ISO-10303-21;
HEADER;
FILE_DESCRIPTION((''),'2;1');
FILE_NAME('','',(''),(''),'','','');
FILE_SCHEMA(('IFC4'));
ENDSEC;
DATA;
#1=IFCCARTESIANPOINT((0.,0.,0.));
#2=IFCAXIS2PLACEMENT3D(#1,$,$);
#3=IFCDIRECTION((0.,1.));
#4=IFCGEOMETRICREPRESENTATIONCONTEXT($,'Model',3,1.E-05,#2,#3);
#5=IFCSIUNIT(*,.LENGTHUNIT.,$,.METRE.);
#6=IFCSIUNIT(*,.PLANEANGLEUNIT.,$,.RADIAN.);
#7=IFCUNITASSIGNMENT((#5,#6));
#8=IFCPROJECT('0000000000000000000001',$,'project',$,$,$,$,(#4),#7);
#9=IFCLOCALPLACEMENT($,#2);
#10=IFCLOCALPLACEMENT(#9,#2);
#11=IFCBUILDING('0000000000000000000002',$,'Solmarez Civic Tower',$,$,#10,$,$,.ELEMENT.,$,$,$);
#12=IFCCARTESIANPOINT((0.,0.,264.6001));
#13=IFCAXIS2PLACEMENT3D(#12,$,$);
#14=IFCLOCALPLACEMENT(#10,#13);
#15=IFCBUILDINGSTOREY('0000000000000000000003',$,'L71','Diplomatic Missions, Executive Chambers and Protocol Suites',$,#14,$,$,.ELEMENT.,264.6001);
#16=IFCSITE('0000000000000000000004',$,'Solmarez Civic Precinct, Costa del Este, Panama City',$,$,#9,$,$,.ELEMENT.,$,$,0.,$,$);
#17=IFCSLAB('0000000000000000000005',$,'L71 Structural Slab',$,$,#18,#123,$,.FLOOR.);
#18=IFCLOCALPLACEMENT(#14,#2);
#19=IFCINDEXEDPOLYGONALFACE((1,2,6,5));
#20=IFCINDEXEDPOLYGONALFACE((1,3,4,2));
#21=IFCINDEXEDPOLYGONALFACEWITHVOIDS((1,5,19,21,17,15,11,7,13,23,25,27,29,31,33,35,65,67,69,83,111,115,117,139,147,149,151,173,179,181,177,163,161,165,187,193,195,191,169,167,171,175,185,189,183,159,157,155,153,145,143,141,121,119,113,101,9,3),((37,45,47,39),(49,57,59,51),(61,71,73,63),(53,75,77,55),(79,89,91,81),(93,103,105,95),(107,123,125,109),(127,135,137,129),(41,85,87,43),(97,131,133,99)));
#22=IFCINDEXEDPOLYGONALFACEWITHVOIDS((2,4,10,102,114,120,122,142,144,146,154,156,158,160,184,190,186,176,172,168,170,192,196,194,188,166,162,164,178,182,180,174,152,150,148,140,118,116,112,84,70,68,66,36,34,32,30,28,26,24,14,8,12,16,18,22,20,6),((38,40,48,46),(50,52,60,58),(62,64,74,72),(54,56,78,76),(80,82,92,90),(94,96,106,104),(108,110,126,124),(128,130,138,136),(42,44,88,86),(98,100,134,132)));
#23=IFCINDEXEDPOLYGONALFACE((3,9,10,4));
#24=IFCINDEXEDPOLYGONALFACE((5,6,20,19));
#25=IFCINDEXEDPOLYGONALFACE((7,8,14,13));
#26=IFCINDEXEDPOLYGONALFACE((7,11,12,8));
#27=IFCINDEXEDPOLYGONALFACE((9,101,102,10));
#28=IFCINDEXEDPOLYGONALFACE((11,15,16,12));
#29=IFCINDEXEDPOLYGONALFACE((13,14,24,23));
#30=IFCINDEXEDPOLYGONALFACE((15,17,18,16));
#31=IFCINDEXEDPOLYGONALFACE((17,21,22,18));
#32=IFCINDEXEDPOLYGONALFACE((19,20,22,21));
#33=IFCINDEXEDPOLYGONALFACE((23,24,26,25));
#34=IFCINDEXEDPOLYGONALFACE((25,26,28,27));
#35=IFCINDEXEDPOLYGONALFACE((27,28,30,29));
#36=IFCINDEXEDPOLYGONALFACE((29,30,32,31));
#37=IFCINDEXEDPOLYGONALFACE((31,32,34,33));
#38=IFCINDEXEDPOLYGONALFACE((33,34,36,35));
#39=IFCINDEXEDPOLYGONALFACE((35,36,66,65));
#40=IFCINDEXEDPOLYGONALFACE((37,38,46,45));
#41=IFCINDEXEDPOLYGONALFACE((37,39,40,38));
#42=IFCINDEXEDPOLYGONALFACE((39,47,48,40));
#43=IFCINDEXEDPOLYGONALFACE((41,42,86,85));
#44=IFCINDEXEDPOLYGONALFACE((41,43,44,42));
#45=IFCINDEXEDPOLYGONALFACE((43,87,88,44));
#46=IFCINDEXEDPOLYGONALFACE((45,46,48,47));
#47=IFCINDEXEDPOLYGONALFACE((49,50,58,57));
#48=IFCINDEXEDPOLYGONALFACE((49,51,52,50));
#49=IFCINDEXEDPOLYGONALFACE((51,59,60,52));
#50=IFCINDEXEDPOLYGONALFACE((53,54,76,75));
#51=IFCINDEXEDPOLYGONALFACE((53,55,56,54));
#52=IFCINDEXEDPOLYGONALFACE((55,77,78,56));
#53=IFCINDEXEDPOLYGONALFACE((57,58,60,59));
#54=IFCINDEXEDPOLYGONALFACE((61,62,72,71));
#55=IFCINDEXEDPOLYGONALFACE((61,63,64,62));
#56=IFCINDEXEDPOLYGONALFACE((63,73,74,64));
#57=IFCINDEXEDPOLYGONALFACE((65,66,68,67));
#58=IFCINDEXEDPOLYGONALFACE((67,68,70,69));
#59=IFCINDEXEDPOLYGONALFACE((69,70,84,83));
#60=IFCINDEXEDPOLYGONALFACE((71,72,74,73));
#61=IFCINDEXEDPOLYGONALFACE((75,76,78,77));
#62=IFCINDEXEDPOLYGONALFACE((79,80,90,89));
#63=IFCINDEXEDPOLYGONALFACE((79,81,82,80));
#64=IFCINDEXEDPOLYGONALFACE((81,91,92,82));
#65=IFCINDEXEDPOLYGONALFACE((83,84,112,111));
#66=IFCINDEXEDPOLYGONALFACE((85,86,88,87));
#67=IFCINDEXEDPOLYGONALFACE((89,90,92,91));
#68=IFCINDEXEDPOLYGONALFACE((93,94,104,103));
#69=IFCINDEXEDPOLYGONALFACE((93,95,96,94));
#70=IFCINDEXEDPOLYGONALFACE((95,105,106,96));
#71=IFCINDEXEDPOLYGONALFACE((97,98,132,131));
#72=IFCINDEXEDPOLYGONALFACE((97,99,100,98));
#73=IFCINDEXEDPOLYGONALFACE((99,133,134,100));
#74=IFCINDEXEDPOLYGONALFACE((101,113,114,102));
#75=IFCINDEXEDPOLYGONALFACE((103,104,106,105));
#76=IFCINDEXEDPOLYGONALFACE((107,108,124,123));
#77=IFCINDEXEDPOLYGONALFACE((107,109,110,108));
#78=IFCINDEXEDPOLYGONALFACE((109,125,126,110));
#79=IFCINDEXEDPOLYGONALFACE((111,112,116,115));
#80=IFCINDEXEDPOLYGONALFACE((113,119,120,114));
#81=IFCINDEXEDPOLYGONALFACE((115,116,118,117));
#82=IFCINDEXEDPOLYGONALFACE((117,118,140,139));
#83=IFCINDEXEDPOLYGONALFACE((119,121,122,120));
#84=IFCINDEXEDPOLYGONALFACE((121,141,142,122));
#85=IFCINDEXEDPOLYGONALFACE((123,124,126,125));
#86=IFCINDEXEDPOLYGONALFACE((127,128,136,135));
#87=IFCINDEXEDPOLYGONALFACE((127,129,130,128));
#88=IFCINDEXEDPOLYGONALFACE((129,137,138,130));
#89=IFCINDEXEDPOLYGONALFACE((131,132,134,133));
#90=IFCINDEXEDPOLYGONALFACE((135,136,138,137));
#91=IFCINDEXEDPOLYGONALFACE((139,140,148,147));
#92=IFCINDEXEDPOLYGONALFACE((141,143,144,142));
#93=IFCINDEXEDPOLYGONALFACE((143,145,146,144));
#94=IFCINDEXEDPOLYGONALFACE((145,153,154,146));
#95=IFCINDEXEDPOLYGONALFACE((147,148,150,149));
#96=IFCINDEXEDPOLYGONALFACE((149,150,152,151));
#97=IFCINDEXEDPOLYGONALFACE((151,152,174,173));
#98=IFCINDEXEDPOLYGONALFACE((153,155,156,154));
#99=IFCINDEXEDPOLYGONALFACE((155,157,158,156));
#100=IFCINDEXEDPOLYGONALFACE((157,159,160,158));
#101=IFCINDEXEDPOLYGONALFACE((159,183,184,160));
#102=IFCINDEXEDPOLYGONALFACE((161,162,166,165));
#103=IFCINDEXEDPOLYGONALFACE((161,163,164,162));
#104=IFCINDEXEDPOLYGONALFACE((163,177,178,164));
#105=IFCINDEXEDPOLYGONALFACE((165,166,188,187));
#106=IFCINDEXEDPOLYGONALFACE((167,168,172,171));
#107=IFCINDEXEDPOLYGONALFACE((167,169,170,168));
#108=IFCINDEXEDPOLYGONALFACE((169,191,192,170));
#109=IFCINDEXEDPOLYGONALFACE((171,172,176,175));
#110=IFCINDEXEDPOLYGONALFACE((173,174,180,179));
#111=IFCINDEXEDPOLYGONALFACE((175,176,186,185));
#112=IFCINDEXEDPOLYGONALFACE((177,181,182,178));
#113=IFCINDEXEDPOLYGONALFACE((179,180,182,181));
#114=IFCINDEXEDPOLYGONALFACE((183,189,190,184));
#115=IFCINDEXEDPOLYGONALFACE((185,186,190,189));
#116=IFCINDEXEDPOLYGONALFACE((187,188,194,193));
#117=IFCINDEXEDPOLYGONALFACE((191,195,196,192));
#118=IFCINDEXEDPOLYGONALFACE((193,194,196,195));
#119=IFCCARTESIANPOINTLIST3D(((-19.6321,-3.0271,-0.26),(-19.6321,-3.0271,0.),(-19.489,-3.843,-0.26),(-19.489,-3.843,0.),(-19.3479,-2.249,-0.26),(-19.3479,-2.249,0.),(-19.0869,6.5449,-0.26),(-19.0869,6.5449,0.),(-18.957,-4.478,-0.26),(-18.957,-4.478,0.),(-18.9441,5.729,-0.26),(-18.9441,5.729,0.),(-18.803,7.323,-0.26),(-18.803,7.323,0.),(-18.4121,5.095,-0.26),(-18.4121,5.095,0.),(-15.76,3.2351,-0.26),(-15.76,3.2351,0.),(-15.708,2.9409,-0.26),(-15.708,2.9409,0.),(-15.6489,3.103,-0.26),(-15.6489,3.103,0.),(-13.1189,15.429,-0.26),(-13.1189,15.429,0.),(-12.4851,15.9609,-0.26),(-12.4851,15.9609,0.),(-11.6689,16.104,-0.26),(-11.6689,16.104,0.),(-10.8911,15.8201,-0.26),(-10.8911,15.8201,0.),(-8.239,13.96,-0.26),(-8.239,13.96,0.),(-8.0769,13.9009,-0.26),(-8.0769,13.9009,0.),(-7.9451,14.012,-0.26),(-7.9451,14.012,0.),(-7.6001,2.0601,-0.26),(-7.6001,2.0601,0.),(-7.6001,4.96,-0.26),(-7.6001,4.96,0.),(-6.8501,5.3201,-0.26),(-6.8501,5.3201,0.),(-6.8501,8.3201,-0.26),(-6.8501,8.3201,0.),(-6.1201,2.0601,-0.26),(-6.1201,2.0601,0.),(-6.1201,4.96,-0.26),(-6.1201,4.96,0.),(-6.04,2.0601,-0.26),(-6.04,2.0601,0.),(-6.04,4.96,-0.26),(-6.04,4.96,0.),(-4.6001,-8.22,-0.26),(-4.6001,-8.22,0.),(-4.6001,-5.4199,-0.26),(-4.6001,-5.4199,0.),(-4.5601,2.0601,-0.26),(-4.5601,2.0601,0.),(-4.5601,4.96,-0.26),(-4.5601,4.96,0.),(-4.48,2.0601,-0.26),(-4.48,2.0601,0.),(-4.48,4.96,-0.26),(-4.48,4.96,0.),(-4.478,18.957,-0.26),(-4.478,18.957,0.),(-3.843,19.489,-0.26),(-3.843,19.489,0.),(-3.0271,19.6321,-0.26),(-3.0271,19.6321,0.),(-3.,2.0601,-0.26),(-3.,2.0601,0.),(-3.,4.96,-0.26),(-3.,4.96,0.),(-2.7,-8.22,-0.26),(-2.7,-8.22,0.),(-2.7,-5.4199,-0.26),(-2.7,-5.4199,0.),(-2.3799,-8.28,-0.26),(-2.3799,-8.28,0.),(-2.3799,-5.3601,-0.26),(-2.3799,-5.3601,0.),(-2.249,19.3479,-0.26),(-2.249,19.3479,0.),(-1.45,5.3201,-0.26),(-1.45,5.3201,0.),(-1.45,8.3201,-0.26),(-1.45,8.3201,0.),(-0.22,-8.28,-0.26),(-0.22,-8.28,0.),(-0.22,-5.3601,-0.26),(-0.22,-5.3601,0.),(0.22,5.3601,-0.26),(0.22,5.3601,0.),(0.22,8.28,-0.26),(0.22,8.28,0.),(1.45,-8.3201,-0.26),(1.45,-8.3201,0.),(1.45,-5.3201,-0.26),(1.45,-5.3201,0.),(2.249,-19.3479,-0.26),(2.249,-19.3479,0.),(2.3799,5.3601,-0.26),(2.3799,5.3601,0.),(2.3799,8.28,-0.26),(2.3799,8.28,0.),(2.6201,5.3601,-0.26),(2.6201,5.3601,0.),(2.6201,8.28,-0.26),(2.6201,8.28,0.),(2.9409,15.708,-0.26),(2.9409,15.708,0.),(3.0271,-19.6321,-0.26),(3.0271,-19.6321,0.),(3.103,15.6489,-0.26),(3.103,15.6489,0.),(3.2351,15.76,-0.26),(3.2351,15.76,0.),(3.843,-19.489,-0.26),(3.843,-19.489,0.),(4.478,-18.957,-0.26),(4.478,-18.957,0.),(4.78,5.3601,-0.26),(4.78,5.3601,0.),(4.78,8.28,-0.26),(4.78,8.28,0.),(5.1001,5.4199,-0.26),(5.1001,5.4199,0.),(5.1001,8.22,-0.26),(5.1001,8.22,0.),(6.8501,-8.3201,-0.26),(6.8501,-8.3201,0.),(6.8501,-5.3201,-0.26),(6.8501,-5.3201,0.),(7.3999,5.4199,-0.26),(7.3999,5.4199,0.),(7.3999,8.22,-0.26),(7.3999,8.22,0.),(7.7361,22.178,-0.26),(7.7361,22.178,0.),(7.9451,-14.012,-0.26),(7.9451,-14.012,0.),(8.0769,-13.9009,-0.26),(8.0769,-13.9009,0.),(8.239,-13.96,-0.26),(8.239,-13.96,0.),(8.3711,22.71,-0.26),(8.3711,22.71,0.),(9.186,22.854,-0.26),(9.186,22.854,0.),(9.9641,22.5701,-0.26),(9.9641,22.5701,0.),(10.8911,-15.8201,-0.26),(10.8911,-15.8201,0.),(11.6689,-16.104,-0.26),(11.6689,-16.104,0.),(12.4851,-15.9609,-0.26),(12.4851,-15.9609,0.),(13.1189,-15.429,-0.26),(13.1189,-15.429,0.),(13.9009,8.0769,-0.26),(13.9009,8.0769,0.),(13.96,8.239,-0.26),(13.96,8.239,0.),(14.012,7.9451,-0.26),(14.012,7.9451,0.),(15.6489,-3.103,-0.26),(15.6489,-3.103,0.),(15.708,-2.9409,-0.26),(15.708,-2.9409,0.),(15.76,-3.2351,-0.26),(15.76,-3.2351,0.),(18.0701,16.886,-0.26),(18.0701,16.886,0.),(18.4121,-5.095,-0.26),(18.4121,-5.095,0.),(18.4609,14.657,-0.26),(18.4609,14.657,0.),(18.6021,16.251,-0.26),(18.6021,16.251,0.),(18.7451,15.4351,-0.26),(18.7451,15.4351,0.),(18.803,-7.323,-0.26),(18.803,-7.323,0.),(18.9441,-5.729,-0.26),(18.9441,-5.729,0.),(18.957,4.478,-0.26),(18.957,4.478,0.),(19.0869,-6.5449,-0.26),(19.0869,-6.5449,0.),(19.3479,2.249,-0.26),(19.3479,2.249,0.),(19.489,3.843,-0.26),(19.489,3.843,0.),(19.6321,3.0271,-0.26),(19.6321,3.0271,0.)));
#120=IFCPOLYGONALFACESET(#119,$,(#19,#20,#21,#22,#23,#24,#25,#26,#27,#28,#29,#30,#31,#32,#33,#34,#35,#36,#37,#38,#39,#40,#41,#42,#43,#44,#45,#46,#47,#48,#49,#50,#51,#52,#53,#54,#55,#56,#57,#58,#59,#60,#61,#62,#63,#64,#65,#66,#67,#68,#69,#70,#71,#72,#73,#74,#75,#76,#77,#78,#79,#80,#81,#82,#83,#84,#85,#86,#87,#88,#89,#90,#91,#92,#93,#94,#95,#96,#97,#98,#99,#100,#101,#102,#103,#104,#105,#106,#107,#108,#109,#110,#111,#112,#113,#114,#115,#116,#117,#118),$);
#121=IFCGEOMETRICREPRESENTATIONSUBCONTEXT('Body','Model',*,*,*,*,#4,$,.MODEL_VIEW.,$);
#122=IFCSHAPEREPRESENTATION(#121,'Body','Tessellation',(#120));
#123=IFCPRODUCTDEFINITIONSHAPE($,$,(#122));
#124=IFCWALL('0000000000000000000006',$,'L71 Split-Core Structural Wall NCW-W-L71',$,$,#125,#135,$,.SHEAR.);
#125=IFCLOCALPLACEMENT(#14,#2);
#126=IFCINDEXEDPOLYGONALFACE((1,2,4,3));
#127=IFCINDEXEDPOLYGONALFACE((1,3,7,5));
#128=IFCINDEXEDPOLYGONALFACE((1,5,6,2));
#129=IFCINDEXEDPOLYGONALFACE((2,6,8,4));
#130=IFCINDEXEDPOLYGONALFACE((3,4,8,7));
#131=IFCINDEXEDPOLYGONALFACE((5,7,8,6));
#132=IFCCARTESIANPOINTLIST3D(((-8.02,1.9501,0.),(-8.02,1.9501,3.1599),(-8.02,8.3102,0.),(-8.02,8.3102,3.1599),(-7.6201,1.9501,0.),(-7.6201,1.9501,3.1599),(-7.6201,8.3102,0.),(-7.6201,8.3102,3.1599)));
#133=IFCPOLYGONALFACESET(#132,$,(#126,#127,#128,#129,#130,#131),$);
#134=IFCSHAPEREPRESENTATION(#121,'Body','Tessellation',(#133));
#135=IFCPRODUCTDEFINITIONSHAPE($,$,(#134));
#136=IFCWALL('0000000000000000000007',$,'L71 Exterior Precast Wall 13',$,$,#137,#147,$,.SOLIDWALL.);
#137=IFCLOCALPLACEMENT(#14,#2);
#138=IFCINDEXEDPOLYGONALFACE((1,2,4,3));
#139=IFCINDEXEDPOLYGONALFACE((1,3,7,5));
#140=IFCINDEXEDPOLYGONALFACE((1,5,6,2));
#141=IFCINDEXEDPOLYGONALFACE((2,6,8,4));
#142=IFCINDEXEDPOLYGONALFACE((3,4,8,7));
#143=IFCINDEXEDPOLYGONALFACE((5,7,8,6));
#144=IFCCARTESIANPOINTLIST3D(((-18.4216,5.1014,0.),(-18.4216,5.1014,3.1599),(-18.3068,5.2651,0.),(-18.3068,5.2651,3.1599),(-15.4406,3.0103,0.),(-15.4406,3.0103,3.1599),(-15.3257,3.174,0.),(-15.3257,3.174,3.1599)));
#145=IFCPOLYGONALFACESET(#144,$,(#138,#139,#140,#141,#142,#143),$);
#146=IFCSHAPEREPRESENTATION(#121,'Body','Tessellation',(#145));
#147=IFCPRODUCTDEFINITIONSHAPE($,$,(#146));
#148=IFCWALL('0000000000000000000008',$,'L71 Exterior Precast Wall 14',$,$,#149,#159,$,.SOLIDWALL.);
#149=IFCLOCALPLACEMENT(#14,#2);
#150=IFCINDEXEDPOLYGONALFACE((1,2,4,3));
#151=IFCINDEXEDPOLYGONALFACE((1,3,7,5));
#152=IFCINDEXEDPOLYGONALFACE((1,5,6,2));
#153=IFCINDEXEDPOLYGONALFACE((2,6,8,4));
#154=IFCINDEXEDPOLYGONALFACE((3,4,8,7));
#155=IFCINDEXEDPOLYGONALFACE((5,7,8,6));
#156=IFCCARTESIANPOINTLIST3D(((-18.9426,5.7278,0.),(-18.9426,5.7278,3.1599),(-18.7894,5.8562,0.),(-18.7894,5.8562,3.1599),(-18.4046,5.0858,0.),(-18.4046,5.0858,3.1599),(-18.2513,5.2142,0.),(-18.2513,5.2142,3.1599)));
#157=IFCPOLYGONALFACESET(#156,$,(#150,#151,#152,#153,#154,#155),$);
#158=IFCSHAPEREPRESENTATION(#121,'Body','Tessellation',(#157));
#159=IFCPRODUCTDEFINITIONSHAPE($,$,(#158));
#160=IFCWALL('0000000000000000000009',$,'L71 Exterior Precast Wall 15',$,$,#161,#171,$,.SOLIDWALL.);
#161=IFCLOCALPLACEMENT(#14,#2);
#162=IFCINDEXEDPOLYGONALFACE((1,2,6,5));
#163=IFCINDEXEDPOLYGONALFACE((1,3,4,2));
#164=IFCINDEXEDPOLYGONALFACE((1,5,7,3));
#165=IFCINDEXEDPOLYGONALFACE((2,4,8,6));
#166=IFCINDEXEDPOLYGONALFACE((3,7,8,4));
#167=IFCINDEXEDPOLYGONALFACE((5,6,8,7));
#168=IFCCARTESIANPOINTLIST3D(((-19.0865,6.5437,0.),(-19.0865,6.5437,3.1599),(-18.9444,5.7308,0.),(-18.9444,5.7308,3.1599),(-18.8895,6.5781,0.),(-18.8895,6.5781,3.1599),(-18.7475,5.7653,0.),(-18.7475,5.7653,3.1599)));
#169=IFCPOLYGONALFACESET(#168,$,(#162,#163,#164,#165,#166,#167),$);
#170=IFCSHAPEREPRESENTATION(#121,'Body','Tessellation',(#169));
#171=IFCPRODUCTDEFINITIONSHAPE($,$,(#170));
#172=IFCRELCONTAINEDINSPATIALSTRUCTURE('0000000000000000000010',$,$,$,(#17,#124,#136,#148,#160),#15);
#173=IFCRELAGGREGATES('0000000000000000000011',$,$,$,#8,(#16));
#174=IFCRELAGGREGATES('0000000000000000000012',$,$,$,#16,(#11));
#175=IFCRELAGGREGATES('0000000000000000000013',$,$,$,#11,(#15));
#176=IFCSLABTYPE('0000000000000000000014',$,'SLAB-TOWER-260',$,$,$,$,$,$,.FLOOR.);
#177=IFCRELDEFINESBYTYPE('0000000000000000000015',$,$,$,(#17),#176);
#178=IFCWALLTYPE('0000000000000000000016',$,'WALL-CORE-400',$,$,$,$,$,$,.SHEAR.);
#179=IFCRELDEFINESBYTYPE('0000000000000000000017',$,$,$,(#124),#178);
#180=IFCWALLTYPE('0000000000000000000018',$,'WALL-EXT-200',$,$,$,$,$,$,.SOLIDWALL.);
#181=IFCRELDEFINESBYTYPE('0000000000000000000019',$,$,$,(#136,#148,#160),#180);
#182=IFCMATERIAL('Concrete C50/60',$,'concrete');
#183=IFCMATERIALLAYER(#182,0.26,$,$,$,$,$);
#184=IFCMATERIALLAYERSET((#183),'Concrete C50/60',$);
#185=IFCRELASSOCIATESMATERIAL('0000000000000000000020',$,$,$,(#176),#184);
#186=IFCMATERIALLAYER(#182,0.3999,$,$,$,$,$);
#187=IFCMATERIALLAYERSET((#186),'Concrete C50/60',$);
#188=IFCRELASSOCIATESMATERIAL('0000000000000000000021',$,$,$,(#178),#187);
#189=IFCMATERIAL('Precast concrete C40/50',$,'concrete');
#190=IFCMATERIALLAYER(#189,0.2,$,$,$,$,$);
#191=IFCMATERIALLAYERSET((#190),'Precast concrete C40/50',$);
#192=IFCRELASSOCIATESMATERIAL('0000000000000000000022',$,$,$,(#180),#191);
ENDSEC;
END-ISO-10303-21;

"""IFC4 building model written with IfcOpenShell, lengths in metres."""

from ifc_helpers import new_model, si_unit, direction, frame, frame_2d, origin, place, context, subcontext, project, spatial, polyline, rectangle, outline, extrude, material, layer, layer_set, type_object, element, save


model = new_model("IFC4")

# Units and contexts
model_context = context("Model", 3, precision=1e-05, world=origin(), true_north=direction((0.0, 1.0)))
body_context = subcontext(model_context, "Body", "Model", "MODEL_VIEW")
ifc_project = project(units=[si_unit("LENGTHUNIT", "METRE"), si_unit("PLANEANGLEUNIT", "RADIAN")], contexts=[model_context])

# Site, building, storey
site_placement = place(None, origin())
site = spatial("IfcSite", under=ifc_project, at=site_placement, Name="Solmarez Civic Precinct, Costa del Este, Panama City", CompositionType="ELEMENT", RefElevation=0.0)
building_placement = place(site_placement, origin())
building = spatial("IfcBuilding", under=site, at=building_placement, Name="Solmarez Civic Tower", CompositionType="ELEMENT")
storey_placement = place(building_placement, frame((0.0, 0.0, 264.6001)))
storey = spatial("IfcBuildingStorey", under=building, at=storey_placement, Name="L71", Description="Diplomatic Missions, Executive Chambers and Protocol Suites", CompositionType="ELEMENT", Elevation=264.6001)

# Shared definitions
ifc_material_1 = material(Name="Concrete C50/60", Category="concrete")

# Slab
ifc_layer_1 = layer(ifc_material_1, 0.26)
ifc_layer_set_1 = layer_set([ifc_layer_1], Name="Concrete C50/60")
slab_type_1 = type_object("IfcSlabType", Name="SLAB-TOWER-260", PredefinedType="FLOOR", material=ifc_layer_set_1)
slab_1_placement = place(storey_placement, frame((0.0, 0.0, -0.26)))
element("IfcSlab", 1, at=slab_1_placement, inside=storey, type_object=slab_type_1, Name="L71 Structural Slab", PredefinedType="FLOOR", context=body_context, shape_type="SweptSolid", body=[
    extrude(outline(polyline([(8.239, -13.96), (10.8911, -15.8201), (11.6689, -16.104), (12.4851, -15.9609), (13.1189, -15.429), (18.803, -7.323), (19.0869, -6.5449), (18.9441, -5.729), (18.4121, -5.095), (15.76, -3.2351), (15.6489, -3.103), (15.708, -2.9409), (19.3479, 2.249), (19.6321, 3.0271), (19.489, 3.843), (18.957, 4.478), (14.012, 7.9451), (13.9009, 8.0769), (13.96, 8.239), (18.4609, 14.657), (18.7451, 15.4351), (18.6021, 16.251), (18.0701, 16.886), (9.9641, 22.5701), (9.186, 22.854), (8.3711, 22.71), (7.7361, 22.178), (3.2351, 15.76), (3.103, 15.6489), (2.9409, 15.708), (-2.249, 19.3479), (-3.0271, 19.6321), (-3.843, 19.489), (-4.478, 18.957), (-7.9451, 14.012), (-8.0769, 13.9009), (-8.239, 13.96), (-10.8911, 15.8201), (-11.6689, 16.104), (-12.4851, 15.9609), (-13.1189, 15.429), (-18.803, 7.323), (-19.0869, 6.5449), (-18.9441, 5.729), (-18.4121, 5.095), (-15.76, 3.2351), (-15.6489, 3.103), (-15.708, 2.9409), (-19.3479, -2.249), (-19.6321, -3.0271), (-19.489, -3.843), (-18.957, -4.478), (2.249, -19.3479), (3.0271, -19.6321), (3.843, -19.489), (4.478, -18.957), (7.9451, -14.012), (8.0769, -13.9009), (8.239, -13.96)]), holes=[polyline([(-1.45, 8.3201), (-6.8501, 8.3201), (-6.8501, 5.3201), (-1.45, 5.3201), (-1.45, 8.3201)]), polyline([(1.45, -8.3201), (6.8501, -8.3201), (6.8501, -5.3201), (1.45, -5.3201), (1.45, -8.3201)]), polyline([(0.22, 5.3601), (2.3799, 5.3601), (2.3799, 8.28), (0.22, 8.28), (0.22, 5.3601)]), polyline([(2.6201, 5.3601), (4.78, 5.3601), (4.78, 8.28), (2.6201, 8.28), (2.6201, 5.3601)]), polyline([(-2.3799, -8.28), (-0.22, -8.28), (-0.22, -5.3601), (-2.3799, -5.3601), (-2.3799, -8.28)]), polyline([(-7.6001, 2.0601), (-6.1201, 2.0601), (-6.1201, 4.96), (-7.6001, 4.96), (-7.6001, 2.0601)]), polyline([(-6.04, 2.0601), (-4.5601, 2.0601), (-4.5601, 4.96), (-6.04, 4.96), (-6.04, 2.0601)]), polyline([(-4.48, 2.0601), (-3.0, 2.0601), (-3.0, 4.96), (-4.48, 4.96), (-4.48, 2.0601)]), polyline([(5.1001, 5.4199), (7.3999, 5.4199), (7.3999, 8.22), (5.1001, 8.22), (5.1001, 5.4199)]), polyline([(-4.6001, -8.22), (-2.7, -8.22), (-2.7, -5.4199), (-4.6001, -5.4199), (-4.6001, -8.22)])]), origin(), (0.0, 0.0, 1.0), 0.26),
])

# Walls
ifc_layer_2 = layer(ifc_material_1, 0.3999)
ifc_layer_set_2 = layer_set([ifc_layer_2], Name="Concrete C50/60")
wall_type_1 = type_object("IfcWallType", Name="WALL-CORE-400", PredefinedType="SHEAR", material=ifc_layer_set_2)
wall_1_placement = place(storey_placement, frame((-7.8201, 1.95, 0.0), z_axis=(0.0, 0.0, 1.0), x_axis=(0.0, 1.0, 0.0)))
element("IfcWall", 2, at=wall_1_placement, inside=storey, type_object=wall_type_1, Name="L71 Split-Core Structural Wall NCW-W-L71", PredefinedType="SHEAR", context=body_context, shape_type="SweptSolid", body=[
    extrude(rectangle(XDim=6.3601, YDim=0.3999, at=frame_2d((3.1802, 0.0))), origin(), (0.0, 0.0, 1.0), 3.1599),
])
ifc_material_2 = material(Name="Precast concrete C40/50", Category="concrete")
ifc_layer_3 = layer(ifc_material_2, 0.2)
ifc_layer_set_3 = layer_set([ifc_layer_3], Name="Precast concrete C40/50")
wall_type_2 = type_object("IfcWallType", Name="WALL-EXT-200", PredefinedType="SOLIDWALL", material=ifc_layer_set_3)
wall_2_placement = place(storey_placement, frame((-15.3831, 3.092, 0.0), z_axis=(0.0, 0.0, 1.0), x_axis=(-0.818665, 0.574272, 0.0)))
element("IfcWall", 3, at=wall_2_placement, inside=storey, type_object=wall_type_2, Name="L71 Exterior Precast Wall 13", PredefinedType="SOLIDWALL", context=body_context, shape_type="SweptSolid", body=[
    extrude(rectangle(XDim=3.6414, YDim=0.2, at=frame_2d((1.8208, 0.0))), origin(), (0.0, 0.0, 1.0), 3.1599),
])
wall_3_placement = place(storey_placement, frame((-18.3279, 5.1499, 0.0), z_axis=(0.0, 0.0, 1.0), x_axis=(-0.642303, 0.766451, 0.0)))
element("IfcWall", 4, at=wall_3_placement, inside=storey, type_object=wall_type_2, Name="L71 Exterior Precast Wall 14", PredefinedType="SOLIDWALL", context=body_context, shape_type="SweptSolid", body=[
    extrude(rectangle(XDim=0.8376, YDim=0.2, at=frame_2d((0.4189, 0.0))), origin(), (0.0, 0.0, 1.0), 3.1599),
])
wall_4_placement = place(storey_placement, frame((-18.8459, 5.748, 0.0), z_axis=(0.0, 0.0, 1.0), x_axis=(-0.172165, 0.985068, 0.0)))
element("IfcWall", 5, at=wall_4_placement, inside=storey, type_object=wall_type_2, Name="L71 Exterior Precast Wall 15", PredefinedType="SOLIDWALL", context=body_context, shape_type="SweptSolid", body=[
    extrude(rectangle(XDim=0.8252, YDim=0.2, at=frame_2d((0.4126, 0.0))), origin(), (0.0, 0.0, 1.0), 3.1599),
])

save(model, "model.ifc")
